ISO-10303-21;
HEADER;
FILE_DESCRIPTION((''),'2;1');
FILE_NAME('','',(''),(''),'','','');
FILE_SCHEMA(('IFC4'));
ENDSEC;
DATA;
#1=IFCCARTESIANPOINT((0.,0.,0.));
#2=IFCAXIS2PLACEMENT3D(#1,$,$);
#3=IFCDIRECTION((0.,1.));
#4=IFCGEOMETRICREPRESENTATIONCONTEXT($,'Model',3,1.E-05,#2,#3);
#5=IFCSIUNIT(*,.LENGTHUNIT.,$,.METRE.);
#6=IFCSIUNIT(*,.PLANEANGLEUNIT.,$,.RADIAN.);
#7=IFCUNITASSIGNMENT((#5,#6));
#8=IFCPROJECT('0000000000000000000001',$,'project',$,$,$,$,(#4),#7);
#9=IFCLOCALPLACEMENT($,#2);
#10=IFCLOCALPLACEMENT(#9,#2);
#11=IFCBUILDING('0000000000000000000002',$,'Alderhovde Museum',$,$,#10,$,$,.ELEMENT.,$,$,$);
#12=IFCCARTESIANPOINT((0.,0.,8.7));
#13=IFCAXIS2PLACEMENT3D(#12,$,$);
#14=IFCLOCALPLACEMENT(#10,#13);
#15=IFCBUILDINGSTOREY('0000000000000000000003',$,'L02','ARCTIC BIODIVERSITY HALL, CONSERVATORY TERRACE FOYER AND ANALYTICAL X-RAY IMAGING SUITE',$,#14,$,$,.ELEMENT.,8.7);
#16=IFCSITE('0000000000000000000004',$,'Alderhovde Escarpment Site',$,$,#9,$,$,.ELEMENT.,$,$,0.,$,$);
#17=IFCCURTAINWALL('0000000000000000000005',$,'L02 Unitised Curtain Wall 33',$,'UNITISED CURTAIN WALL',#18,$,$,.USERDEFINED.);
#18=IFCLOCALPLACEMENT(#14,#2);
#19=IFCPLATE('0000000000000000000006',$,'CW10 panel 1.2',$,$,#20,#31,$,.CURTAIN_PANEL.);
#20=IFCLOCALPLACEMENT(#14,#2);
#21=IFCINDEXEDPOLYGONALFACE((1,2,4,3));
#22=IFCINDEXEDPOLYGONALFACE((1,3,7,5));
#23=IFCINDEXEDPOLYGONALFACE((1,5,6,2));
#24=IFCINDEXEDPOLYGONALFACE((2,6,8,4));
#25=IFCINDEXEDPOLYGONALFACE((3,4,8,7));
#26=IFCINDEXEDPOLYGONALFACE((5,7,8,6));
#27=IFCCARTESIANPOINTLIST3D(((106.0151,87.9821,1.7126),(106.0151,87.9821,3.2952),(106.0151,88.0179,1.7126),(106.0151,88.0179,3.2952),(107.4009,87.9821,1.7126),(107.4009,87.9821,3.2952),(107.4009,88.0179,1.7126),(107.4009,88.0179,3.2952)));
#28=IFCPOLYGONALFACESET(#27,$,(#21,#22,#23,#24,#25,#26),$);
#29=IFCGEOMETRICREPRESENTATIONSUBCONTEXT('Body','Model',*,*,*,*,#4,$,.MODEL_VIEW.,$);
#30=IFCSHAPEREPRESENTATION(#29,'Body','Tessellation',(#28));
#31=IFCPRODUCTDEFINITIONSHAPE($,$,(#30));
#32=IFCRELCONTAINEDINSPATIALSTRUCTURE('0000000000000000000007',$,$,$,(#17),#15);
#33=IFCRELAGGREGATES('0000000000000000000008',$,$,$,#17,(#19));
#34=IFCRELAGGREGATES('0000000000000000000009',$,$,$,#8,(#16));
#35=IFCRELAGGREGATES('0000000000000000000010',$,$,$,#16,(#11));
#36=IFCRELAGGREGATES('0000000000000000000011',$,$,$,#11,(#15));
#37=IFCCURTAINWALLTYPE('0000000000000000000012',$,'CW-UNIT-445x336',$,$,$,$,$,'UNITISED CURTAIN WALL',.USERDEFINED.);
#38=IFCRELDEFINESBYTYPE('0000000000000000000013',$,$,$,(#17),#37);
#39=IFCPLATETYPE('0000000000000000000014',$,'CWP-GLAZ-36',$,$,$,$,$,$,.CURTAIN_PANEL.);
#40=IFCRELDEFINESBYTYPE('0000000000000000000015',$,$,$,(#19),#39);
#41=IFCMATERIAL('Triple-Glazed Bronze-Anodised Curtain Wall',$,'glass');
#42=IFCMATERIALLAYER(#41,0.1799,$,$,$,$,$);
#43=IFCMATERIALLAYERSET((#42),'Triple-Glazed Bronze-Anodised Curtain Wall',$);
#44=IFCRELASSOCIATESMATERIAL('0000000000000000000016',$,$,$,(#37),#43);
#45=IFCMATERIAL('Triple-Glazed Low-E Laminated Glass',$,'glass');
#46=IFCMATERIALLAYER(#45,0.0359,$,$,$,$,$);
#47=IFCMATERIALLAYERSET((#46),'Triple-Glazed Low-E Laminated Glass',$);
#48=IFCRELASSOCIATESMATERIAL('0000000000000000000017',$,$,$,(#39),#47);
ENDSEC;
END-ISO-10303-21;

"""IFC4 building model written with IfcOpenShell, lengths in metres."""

from ifc_helpers import new_model, si_unit, direction, frame, origin, origin_2d, place, context, subcontext, project, spatial, rectangle, extrude, material, layer, layer_set, type_object, element, aggregate, save


model = new_model("IFC4")

# Units and contexts
model_context = context("Model", 3, precision=1e-05, world=origin(), true_north=direction((0.0, 1.0)))
body_context = subcontext(model_context, "Body", "Model", "MODEL_VIEW")
ifc_project = project(units=[si_unit("LENGTHUNIT", "METRE"), si_unit("PLANEANGLEUNIT", "RADIAN")], contexts=[model_context])

# Site, building, storey
site_placement = place(None, origin())
site = spatial("IfcSite", under=ifc_project, at=site_placement, Name="Alderhovde Escarpment Site", CompositionType="ELEMENT", RefElevation=0.0)
building_placement = place(site_placement, origin())
building = spatial("IfcBuilding", under=site, at=building_placement, Name="Alderhovde Museum", CompositionType="ELEMENT")
storey_placement = place(building_placement, frame((0.0, 0.0, 8.7)))
storey = spatial("IfcBuildingStorey", under=building, at=storey_placement, Name="L02", Description="ARCTIC BIODIVERSITY HALL, CONSERVATORY TERRACE FOYER AND ANALYTICAL X-RAY IMAGING SUITE", CompositionType="ELEMENT", Elevation=8.7)

# Shared definitions
ifc_material_1 = material(Name="Triple-Glazed Bronze-Anodised Curtain Wall", Category="glass")
ifc_layer_1 = layer(ifc_material_1, 0.1799)
ifc_layer_set_1 = layer_set([ifc_layer_1], Name="Triple-Glazed Bronze-Anodised Curtain Wall")
curtain_wall_type_1 = type_object("IfcCurtainWallType", Name="CW-UNIT-445x336", ElementType="UNITISED CURTAIN WALL", PredefinedType="USERDEFINED", material=ifc_layer_set_1)

# Curtain wall
curtain_wall_1_placement = place(storey_placement, origin())
curtain_wall_1 = element("IfcCurtainWall", 1, at=curtain_wall_1_placement, inside=storey, type_object=curtain_wall_type_1, Name="L02 Unitised Curtain Wall 33", ObjectType="UNITISED CURTAIN WALL", PredefinedType="USERDEFINED")

# Plate
ifc_material_2 = material(Name="Triple-Glazed Low-E Laminated Glass", Category="glass")
ifc_layer_2 = layer(ifc_material_2, 0.0359)
ifc_layer_set_2 = layer_set([ifc_layer_2], Name="Triple-Glazed Low-E Laminated Glass")
plate_type_1 = type_object("IfcPlateType", Name="CWP-GLAZ-36", PredefinedType="CURTAIN_PANEL", material=ifc_layer_set_2)
plate_1_placement = place(storey_placement, frame((106.708, 88.0, 1.7126), z_axis=(0.0, 0.0, 1.0), x_axis=(1.0, 0.0, 0.0)))
plate_1 = element("IfcPlate", 2, at=plate_1_placement, type_object=plate_type_1, Name="CW10 panel 1.2", PredefinedType="CURTAIN_PANEL", context=body_context, shape_type="SweptSolid", body=[
    extrude(rectangle(XDim=1.3857, YDim=0.0359, at=origin_2d()), origin(), (0.0, 0.0, 1.0), 1.5825),
])
aggregate(curtain_wall_1, [plate_1])

save(model, "model.ifc")
